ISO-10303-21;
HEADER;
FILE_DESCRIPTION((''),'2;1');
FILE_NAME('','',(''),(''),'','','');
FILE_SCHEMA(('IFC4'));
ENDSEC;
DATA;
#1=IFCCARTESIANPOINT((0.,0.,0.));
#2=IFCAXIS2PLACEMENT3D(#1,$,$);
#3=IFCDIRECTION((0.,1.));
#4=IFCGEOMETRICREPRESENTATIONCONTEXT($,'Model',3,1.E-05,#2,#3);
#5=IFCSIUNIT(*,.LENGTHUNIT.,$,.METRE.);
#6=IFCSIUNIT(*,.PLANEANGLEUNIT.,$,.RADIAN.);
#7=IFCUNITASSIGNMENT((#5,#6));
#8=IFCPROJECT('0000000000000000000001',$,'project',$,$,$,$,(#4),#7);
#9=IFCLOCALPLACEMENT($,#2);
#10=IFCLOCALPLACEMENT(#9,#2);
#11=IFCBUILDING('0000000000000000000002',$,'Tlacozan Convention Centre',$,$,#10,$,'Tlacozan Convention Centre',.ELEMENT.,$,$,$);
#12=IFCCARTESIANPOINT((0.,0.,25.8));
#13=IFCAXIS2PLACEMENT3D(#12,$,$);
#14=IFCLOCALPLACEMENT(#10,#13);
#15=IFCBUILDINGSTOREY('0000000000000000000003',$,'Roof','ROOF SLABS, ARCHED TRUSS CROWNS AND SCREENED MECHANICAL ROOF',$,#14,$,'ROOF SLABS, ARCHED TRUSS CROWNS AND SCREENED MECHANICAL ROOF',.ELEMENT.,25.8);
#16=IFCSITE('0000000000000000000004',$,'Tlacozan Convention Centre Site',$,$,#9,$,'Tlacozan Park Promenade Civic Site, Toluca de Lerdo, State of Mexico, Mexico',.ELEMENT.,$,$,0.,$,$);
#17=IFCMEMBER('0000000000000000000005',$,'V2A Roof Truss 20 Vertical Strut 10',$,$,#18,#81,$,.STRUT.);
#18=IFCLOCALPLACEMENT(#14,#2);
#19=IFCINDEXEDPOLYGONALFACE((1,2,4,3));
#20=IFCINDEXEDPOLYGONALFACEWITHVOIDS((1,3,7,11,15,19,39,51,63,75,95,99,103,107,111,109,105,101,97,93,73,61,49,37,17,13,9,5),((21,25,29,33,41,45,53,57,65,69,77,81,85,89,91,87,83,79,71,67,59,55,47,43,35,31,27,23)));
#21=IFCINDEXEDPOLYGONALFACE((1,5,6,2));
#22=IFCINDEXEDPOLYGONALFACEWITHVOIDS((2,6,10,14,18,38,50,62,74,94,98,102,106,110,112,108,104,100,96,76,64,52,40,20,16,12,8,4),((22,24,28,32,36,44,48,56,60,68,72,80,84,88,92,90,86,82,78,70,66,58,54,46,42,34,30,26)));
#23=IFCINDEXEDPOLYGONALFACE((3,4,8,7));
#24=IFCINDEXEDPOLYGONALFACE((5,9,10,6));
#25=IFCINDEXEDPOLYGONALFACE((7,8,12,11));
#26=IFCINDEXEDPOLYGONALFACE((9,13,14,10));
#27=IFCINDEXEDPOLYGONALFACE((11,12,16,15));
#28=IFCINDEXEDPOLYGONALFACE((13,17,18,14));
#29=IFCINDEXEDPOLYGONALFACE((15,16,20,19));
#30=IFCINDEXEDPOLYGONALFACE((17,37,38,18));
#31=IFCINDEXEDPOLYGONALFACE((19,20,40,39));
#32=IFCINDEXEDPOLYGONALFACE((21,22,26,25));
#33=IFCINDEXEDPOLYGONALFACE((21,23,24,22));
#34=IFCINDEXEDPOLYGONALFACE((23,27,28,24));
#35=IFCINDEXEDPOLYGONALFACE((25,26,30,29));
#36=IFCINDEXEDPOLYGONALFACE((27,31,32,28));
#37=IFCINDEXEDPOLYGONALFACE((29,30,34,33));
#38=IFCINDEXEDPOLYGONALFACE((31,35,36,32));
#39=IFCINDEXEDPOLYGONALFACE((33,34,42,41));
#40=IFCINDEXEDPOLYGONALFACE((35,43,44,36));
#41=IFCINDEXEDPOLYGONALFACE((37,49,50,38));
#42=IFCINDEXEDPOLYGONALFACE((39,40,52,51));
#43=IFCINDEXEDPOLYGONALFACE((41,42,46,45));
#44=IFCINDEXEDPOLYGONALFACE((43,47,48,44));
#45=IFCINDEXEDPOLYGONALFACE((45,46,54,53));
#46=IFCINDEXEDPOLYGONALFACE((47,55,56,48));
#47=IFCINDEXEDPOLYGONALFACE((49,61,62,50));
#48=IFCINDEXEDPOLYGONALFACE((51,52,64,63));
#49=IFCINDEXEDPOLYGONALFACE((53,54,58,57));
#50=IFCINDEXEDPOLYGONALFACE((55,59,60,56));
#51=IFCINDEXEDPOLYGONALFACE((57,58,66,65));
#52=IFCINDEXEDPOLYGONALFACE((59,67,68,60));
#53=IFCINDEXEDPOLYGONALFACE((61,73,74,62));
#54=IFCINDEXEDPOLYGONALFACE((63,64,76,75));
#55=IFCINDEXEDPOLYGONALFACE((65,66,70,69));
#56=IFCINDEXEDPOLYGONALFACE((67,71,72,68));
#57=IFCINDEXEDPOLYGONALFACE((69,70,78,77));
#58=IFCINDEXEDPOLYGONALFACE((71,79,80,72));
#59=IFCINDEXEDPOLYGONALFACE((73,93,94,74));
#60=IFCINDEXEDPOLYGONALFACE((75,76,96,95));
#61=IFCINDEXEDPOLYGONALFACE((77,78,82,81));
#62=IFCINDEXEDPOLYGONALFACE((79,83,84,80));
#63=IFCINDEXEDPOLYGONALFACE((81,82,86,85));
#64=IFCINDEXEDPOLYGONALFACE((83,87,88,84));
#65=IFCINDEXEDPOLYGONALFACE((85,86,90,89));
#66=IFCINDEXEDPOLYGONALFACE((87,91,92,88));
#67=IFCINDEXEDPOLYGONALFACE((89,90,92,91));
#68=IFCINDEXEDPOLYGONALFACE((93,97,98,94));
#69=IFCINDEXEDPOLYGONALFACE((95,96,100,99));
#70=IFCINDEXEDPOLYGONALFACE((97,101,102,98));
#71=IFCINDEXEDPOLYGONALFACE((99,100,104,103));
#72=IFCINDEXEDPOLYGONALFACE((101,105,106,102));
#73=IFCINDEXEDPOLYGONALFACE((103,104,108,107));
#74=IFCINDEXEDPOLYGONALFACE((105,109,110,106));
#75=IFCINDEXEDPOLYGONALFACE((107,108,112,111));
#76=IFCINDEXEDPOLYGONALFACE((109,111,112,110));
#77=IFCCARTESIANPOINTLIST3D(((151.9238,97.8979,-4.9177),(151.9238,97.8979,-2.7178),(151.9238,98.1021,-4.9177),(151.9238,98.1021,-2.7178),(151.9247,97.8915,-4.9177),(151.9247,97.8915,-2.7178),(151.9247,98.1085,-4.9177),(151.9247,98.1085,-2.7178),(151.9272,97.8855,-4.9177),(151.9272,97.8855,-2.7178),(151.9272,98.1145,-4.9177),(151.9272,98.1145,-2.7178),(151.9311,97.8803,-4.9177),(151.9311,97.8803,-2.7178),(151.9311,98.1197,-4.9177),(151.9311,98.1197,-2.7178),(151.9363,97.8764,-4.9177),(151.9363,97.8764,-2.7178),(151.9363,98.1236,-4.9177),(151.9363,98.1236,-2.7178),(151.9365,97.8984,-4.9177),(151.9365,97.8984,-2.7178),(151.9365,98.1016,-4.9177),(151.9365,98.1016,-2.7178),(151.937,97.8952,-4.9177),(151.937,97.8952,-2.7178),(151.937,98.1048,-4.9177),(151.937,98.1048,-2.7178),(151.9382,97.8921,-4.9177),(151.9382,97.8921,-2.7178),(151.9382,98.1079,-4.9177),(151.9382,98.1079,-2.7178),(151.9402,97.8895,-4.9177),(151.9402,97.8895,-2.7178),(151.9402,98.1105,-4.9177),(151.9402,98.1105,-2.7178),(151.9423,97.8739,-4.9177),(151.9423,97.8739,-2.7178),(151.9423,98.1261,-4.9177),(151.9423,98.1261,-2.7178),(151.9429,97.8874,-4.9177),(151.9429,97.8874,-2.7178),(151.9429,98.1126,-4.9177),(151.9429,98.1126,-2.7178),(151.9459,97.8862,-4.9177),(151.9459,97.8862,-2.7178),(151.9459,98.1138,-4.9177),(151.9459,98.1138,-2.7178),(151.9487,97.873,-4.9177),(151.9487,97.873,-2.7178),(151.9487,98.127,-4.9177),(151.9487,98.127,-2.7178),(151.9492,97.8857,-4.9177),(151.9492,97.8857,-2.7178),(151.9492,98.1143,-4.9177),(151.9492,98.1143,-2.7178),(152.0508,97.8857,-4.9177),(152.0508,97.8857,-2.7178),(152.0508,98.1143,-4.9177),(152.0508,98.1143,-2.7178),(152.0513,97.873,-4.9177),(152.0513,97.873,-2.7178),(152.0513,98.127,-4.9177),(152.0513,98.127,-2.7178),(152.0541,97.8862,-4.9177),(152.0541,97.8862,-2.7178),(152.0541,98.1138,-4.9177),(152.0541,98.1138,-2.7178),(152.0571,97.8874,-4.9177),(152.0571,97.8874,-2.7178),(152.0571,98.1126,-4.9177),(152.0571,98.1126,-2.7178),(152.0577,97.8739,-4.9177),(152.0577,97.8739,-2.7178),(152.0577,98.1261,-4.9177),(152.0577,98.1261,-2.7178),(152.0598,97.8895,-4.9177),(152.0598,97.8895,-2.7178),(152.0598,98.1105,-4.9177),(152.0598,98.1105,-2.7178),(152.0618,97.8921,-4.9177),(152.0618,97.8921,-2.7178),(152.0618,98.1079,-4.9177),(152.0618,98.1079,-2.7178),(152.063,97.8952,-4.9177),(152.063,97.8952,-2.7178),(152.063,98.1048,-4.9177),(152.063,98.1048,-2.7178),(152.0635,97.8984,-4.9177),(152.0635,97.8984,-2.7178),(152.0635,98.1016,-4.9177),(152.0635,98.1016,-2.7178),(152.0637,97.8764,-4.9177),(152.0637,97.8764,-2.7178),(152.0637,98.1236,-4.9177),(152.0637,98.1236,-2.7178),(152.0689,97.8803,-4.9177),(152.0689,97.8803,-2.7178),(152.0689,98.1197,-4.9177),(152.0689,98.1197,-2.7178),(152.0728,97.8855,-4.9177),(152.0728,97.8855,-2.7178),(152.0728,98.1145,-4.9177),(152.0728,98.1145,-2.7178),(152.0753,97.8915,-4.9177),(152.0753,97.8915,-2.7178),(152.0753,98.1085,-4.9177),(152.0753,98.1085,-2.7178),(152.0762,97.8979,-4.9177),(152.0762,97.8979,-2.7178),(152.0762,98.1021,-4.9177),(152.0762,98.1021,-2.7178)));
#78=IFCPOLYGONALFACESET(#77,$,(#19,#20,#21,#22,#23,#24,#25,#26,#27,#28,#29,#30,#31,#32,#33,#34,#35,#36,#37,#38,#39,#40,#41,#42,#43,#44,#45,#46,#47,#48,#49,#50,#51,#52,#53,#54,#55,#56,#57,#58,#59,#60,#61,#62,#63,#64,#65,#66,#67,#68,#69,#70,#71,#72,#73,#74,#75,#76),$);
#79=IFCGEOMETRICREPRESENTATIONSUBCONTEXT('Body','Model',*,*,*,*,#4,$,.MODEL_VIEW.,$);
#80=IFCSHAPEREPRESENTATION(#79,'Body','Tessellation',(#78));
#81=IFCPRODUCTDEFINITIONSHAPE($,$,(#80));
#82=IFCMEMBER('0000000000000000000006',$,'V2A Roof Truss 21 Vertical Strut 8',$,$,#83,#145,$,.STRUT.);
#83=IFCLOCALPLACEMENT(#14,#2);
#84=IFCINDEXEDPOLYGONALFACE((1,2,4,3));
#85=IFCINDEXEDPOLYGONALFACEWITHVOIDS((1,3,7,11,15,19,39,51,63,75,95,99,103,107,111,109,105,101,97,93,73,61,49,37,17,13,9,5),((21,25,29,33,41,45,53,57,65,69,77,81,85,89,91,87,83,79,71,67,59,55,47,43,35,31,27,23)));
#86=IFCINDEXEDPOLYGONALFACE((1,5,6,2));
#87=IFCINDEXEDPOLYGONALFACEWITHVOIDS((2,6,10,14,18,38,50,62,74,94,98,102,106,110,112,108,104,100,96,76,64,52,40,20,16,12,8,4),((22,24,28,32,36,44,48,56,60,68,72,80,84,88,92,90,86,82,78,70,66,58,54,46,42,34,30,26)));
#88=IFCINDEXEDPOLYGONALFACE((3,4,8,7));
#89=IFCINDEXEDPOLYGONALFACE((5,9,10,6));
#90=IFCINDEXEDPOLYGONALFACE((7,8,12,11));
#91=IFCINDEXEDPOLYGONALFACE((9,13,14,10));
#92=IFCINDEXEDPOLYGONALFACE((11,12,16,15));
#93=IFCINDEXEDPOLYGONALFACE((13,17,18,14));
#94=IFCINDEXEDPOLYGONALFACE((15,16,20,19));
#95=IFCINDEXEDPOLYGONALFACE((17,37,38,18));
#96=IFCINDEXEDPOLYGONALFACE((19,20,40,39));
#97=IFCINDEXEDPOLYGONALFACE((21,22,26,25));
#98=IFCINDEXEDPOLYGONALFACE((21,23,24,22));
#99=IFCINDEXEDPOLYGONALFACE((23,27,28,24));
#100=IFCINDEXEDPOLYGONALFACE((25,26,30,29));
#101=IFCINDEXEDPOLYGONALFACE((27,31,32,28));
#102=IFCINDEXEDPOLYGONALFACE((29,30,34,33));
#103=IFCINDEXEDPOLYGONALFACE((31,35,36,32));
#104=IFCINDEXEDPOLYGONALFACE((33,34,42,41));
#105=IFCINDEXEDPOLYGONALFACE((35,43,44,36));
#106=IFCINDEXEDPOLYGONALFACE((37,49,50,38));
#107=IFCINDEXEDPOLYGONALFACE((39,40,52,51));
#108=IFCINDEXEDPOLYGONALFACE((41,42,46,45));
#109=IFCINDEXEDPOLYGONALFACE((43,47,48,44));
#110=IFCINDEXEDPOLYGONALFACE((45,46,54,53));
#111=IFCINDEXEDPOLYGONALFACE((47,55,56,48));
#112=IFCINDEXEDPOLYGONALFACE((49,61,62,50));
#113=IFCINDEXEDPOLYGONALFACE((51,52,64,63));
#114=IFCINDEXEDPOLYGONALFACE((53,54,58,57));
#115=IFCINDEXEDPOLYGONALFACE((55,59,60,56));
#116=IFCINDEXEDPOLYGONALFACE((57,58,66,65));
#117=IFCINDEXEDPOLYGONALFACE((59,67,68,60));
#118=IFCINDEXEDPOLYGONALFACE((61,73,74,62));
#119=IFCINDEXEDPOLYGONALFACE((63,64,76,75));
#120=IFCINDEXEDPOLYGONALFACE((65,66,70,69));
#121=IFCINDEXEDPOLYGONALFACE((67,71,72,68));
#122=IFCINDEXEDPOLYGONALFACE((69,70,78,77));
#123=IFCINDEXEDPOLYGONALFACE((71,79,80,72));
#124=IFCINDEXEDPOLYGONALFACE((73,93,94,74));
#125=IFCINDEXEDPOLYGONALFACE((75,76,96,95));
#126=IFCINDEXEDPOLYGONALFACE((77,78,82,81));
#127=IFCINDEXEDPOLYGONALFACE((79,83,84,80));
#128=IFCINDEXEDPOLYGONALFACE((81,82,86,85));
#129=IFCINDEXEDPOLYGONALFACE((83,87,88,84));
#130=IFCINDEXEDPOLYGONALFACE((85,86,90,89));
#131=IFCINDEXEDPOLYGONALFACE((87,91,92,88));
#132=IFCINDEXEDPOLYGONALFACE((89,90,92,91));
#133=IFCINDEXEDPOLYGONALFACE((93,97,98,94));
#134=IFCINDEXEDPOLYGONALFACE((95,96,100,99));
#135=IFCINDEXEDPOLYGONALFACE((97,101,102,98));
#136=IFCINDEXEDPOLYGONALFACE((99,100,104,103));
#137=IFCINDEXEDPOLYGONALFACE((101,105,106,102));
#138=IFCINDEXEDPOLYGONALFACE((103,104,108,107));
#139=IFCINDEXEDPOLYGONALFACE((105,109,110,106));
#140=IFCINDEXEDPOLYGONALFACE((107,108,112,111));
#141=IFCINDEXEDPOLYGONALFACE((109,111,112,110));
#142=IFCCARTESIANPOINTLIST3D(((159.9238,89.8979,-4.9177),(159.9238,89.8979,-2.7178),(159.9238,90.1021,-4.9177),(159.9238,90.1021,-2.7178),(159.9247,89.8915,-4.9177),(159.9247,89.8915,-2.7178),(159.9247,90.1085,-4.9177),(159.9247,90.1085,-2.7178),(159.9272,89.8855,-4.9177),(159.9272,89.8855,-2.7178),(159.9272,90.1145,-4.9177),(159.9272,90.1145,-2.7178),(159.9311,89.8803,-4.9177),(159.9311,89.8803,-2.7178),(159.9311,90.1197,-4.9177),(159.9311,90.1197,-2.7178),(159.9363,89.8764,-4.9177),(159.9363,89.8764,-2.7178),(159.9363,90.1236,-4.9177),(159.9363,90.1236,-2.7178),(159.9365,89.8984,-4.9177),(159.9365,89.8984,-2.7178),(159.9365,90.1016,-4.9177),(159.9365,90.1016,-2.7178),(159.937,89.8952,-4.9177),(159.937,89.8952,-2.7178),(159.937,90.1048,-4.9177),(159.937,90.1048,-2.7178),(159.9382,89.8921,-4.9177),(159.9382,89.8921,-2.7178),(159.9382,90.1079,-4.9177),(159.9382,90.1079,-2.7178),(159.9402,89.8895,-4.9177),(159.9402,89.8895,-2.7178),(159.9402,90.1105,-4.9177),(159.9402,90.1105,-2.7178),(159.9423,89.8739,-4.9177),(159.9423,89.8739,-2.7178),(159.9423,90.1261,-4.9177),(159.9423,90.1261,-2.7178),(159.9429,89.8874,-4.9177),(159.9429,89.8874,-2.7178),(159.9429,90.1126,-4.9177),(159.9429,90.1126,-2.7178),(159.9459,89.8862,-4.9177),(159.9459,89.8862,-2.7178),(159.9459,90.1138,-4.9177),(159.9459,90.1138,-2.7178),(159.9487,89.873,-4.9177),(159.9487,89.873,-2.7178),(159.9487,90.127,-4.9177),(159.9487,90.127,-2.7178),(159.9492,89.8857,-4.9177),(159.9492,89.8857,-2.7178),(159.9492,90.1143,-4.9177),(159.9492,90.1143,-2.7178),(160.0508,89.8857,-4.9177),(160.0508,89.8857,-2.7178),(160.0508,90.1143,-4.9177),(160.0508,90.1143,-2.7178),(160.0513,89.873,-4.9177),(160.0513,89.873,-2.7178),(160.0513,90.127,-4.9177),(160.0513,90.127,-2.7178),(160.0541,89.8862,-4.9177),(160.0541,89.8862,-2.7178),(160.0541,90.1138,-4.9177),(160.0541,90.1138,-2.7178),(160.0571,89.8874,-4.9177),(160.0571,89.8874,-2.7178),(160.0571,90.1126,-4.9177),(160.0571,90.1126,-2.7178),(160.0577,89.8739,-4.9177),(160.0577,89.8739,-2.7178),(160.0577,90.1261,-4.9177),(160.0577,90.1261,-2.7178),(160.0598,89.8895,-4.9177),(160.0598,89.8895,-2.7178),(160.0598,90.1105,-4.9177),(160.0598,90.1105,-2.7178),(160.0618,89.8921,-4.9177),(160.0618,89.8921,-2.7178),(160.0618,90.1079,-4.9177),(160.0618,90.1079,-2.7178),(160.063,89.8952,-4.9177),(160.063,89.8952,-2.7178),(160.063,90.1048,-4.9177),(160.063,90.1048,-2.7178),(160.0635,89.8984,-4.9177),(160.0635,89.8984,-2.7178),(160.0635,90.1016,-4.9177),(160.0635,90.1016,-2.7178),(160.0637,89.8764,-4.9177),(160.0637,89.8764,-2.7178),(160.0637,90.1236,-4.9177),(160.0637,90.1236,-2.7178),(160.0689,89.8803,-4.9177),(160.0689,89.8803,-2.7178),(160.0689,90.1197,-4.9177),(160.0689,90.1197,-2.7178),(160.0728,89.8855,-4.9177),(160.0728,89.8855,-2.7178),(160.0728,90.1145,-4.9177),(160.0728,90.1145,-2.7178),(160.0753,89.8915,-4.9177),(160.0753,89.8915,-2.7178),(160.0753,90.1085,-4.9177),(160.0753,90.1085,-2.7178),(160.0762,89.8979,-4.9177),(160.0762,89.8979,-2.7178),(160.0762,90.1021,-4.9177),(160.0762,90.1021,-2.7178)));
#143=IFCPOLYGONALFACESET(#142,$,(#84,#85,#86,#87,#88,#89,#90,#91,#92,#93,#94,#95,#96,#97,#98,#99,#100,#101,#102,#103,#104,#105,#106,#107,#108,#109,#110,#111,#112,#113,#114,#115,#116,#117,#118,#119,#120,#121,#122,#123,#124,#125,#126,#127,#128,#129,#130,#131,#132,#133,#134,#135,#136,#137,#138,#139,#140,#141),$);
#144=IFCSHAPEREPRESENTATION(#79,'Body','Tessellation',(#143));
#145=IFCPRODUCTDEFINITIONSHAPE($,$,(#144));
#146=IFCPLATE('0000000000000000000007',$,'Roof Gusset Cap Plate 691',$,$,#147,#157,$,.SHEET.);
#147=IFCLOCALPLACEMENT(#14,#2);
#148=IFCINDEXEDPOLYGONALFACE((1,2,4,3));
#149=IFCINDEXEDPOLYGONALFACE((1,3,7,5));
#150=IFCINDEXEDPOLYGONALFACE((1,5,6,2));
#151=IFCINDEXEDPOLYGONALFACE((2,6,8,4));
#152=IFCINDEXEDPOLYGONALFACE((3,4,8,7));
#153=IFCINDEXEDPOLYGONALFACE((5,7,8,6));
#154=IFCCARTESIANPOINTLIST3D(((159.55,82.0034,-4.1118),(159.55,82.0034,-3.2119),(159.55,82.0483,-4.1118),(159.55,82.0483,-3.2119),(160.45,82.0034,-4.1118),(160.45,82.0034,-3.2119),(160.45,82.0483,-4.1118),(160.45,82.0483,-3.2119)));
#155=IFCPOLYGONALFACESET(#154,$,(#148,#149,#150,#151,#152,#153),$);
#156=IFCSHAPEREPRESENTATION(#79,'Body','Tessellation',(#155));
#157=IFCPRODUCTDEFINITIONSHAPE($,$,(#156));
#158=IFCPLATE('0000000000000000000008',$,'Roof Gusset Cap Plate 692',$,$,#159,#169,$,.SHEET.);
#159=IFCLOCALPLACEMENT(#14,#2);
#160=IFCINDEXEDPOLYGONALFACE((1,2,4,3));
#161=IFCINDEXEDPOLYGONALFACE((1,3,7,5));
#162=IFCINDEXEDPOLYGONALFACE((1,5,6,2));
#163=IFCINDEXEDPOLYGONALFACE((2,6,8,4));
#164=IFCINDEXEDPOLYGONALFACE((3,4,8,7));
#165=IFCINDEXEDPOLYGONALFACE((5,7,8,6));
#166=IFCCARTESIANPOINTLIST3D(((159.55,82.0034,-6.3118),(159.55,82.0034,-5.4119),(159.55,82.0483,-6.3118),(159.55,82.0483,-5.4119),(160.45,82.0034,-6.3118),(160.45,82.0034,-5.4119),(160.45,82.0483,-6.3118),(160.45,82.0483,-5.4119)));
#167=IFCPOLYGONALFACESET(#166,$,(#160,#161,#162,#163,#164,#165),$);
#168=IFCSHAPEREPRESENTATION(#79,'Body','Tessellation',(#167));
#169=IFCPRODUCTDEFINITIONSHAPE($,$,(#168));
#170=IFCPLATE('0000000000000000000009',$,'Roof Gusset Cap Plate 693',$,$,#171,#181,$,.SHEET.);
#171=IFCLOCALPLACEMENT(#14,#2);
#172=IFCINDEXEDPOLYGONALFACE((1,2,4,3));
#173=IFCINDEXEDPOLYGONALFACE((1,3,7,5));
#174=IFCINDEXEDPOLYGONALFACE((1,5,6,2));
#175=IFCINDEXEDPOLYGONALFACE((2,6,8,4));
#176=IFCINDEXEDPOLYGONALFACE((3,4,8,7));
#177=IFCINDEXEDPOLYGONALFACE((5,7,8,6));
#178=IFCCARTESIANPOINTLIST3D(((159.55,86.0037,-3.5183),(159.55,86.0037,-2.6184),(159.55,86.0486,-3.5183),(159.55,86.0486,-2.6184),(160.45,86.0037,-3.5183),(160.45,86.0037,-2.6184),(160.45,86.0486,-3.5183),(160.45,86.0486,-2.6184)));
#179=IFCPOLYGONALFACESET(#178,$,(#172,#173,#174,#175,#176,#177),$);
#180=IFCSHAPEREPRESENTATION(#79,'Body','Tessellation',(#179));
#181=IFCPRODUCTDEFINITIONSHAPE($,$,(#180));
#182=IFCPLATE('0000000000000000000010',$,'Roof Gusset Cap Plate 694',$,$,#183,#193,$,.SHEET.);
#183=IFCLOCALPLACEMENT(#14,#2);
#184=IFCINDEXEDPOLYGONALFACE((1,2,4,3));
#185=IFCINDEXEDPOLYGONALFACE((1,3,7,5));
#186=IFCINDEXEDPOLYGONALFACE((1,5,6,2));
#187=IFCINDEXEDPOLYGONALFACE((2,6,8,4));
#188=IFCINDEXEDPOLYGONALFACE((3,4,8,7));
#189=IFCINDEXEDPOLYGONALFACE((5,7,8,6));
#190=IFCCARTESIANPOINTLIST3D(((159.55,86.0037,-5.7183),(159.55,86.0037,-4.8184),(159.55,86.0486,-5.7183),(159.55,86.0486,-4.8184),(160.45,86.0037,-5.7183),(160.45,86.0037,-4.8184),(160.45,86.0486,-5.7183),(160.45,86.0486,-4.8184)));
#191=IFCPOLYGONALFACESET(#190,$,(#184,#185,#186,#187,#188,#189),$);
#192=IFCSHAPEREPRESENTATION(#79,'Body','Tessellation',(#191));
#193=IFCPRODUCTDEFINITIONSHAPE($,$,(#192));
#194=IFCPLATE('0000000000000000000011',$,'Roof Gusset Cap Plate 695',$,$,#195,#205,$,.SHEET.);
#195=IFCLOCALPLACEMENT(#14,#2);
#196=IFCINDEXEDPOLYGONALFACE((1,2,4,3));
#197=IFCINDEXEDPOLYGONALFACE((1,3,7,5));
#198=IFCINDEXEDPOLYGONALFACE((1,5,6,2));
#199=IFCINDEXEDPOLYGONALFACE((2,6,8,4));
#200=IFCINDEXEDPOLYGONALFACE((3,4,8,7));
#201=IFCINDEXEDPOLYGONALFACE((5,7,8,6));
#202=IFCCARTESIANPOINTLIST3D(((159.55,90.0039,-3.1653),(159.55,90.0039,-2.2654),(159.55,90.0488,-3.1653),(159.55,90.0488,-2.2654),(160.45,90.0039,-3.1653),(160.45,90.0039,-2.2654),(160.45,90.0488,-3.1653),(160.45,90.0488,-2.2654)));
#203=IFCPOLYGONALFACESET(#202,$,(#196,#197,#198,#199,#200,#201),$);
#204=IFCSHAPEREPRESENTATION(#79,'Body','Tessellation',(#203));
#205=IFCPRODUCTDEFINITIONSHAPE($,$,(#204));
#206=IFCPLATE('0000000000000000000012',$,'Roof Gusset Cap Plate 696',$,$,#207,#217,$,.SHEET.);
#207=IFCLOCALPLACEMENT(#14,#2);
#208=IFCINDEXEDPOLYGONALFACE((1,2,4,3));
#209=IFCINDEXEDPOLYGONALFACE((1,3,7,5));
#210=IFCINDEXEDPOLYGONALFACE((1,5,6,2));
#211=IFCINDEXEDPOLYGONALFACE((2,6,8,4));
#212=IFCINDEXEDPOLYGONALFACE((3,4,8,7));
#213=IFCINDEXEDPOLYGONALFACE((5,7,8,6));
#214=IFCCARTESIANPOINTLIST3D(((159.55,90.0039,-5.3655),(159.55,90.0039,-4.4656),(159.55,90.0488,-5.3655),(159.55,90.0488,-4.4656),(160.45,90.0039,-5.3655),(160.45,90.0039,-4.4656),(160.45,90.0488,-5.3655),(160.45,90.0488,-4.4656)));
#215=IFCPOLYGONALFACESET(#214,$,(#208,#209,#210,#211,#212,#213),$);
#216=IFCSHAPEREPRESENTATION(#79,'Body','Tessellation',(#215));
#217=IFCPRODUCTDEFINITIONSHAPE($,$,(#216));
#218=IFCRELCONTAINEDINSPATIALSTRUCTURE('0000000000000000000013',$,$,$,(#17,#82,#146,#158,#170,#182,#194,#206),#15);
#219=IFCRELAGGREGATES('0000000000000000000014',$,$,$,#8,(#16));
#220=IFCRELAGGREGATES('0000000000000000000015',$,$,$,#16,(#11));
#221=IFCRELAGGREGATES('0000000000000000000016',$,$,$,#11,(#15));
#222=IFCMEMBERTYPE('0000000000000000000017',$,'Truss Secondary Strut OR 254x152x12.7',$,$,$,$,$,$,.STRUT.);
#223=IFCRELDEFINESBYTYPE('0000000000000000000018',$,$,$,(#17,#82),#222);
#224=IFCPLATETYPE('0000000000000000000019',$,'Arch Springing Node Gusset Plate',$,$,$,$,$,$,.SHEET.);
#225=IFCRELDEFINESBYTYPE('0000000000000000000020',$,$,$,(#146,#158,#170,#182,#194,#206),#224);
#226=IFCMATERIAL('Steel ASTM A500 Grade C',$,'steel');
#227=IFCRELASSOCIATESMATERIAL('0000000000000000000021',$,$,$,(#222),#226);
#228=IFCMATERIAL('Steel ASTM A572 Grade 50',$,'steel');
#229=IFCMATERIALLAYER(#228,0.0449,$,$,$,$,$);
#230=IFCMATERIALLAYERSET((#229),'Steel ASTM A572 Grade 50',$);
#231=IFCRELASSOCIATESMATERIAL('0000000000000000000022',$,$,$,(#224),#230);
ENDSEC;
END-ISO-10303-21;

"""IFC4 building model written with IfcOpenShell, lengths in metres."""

from ifc_helpers import new_model, si_unit, direction, frame, origin, origin_2d, place, context, subcontext, project, spatial, rectangle, hollow_rectangle, extrude, material, layer, layer_set, material_profile, profile_set, type_object, element, save


model = new_model("IFC4")

# Units and contexts
model_context = context("Model", 3, precision=1e-05, world=origin(), true_north=direction((0.0, 1.0)))
body_context = subcontext(model_context, "Body", "Model", "MODEL_VIEW")
ifc_project = project(units=[si_unit("LENGTHUNIT", "METRE"), si_unit("PLANEANGLEUNIT", "RADIAN")], contexts=[model_context])

# Site, building, storey
site_placement = place(None, origin())
site = spatial("IfcSite", under=ifc_project, at=site_placement, Name="Tlacozan Convention Centre Site", LongName="Tlacozan Park Promenade Civic Site, Toluca de Lerdo, State of Mexico, Mexico", CompositionType="ELEMENT", RefElevation=0.0)
building_placement = place(site_placement, origin())
building = spatial("IfcBuilding", under=site, at=building_placement, Name="Tlacozan Convention Centre", LongName="Tlacozan Convention Centre", CompositionType="ELEMENT")
storey_placement = place(building_placement, frame((0.0, 0.0, 25.8)))
storey = spatial("IfcBuildingStorey", under=building, at=storey_placement, Name="Roof", Description="ROOF SLABS, ARCHED TRUSS CROWNS AND SCREENED MECHANICAL ROOF", LongName="ROOF SLABS, ARCHED TRUSS CROWNS AND SCREENED MECHANICAL ROOF", CompositionType="ELEMENT", Elevation=25.8)

# Members
ifc_material_1 = material(Name="Steel ASTM A500 Grade C", Category="steel")
ifc_material_profile_1 = material_profile(ifc_material_1, hollow_rectangle(XDim=0.1523, YDim=0.2539, WallThickness=0.0127, InnerFilletRadius=0.0127, OuterFilletRadius=0.0249, at=origin_2d()), Name="OR 254x152x12.7")
ifc_profile_set_1 = profile_set([ifc_material_profile_1], Name="Steel ASTM A500 Grade C")
member_type_1 = type_object("IfcMemberType", Name="Truss Secondary Strut OR 254x152x12.7", PredefinedType="STRUT", material=ifc_profile_set_1)
for number, where, z_axis, x_axis, name in (
    (1, (152.0, 98.0, -4.9177), (0.0, 0.0, 1.0), (1.0, 0.0, 0.0), "V2A Roof Truss 20 Vertical Strut 10"),
    (2, (160.0, 90.0, -4.9177), (0.0, 0.0, 1.0), (1.0, 0.0, 0.0), "V2A Roof Truss 21 Vertical Strut 8"),
):
    element("IfcMember", number, at=place(storey_placement, frame(where, z_axis=z_axis, x_axis=x_axis)), inside=storey, type_object=member_type_1, Name=name, PredefinedType="STRUT", context=body_context, shape_type="SweptSolid", body=[
        extrude(hollow_rectangle(XDim=0.1523, YDim=0.2539, WallThickness=0.0127, InnerFilletRadius=0.0127, OuterFilletRadius=0.0249, at=origin_2d()), origin(), (0.0, 0.0, 1.0), 2.2),
    ])

# Plates
ifc_material_2 = material(Name="Steel ASTM A572 Grade 50", Category="steel")
ifc_layer = layer(ifc_material_2, 0.0449)
ifc_layer_set = layer_set([ifc_layer], Name="Steel ASTM A572 Grade 50")
plate_type = type_object("IfcPlateType", Name="Arch Springing Node Gusset Plate", PredefinedType="SHEET", material=ifc_layer_set)
for number, where, z_axis, x_axis, name in (
    (3, (160.0, 82.0259, -4.1118), (0.0, 0.0, 1.0), (0.0, 1.0, 0.0), "Roof Gusset Cap Plate 691"),
    (4, (160.0, 82.0259, -6.3118), (0.0, 0.0, 1.0), (0.0, 1.0, 0.0), "Roof Gusset Cap Plate 692"),
    (5, (160.0, 86.0261, -3.5183), (0.0, 0.0, 1.0), (0.0, 1.0, 0.0), "Roof Gusset Cap Plate 693"),
    (6, (160.0, 86.0261, -5.7183), (0.0, 0.0, 1.0), (0.0, 1.0, 0.0), "Roof Gusset Cap Plate 694"),
    (7, (160.0, 90.0264, -3.1653), (0.0, 0.0, 1.0), (0.0, 1.0, 0.0), "Roof Gusset Cap Plate 695"),
    (8, (160.0, 90.0264, -5.3655), (0.0, 0.0, 1.0), (0.0, 1.0, 0.0), "Roof Gusset Cap Plate 696"),
):
    element("IfcPlate", number, at=place(storey_placement, frame(where, z_axis=z_axis, x_axis=x_axis)), inside=storey, type_object=plate_type, Name=name, PredefinedType="SHEET", context=body_context, shape_type="SweptSolid", body=[
        extrude(rectangle(XDim=0.0449, YDim=0.8999, at=origin_2d()), origin(), (0.0, 0.0, 1.0), 0.8999),
    ])

save(model, "model.ifc")
